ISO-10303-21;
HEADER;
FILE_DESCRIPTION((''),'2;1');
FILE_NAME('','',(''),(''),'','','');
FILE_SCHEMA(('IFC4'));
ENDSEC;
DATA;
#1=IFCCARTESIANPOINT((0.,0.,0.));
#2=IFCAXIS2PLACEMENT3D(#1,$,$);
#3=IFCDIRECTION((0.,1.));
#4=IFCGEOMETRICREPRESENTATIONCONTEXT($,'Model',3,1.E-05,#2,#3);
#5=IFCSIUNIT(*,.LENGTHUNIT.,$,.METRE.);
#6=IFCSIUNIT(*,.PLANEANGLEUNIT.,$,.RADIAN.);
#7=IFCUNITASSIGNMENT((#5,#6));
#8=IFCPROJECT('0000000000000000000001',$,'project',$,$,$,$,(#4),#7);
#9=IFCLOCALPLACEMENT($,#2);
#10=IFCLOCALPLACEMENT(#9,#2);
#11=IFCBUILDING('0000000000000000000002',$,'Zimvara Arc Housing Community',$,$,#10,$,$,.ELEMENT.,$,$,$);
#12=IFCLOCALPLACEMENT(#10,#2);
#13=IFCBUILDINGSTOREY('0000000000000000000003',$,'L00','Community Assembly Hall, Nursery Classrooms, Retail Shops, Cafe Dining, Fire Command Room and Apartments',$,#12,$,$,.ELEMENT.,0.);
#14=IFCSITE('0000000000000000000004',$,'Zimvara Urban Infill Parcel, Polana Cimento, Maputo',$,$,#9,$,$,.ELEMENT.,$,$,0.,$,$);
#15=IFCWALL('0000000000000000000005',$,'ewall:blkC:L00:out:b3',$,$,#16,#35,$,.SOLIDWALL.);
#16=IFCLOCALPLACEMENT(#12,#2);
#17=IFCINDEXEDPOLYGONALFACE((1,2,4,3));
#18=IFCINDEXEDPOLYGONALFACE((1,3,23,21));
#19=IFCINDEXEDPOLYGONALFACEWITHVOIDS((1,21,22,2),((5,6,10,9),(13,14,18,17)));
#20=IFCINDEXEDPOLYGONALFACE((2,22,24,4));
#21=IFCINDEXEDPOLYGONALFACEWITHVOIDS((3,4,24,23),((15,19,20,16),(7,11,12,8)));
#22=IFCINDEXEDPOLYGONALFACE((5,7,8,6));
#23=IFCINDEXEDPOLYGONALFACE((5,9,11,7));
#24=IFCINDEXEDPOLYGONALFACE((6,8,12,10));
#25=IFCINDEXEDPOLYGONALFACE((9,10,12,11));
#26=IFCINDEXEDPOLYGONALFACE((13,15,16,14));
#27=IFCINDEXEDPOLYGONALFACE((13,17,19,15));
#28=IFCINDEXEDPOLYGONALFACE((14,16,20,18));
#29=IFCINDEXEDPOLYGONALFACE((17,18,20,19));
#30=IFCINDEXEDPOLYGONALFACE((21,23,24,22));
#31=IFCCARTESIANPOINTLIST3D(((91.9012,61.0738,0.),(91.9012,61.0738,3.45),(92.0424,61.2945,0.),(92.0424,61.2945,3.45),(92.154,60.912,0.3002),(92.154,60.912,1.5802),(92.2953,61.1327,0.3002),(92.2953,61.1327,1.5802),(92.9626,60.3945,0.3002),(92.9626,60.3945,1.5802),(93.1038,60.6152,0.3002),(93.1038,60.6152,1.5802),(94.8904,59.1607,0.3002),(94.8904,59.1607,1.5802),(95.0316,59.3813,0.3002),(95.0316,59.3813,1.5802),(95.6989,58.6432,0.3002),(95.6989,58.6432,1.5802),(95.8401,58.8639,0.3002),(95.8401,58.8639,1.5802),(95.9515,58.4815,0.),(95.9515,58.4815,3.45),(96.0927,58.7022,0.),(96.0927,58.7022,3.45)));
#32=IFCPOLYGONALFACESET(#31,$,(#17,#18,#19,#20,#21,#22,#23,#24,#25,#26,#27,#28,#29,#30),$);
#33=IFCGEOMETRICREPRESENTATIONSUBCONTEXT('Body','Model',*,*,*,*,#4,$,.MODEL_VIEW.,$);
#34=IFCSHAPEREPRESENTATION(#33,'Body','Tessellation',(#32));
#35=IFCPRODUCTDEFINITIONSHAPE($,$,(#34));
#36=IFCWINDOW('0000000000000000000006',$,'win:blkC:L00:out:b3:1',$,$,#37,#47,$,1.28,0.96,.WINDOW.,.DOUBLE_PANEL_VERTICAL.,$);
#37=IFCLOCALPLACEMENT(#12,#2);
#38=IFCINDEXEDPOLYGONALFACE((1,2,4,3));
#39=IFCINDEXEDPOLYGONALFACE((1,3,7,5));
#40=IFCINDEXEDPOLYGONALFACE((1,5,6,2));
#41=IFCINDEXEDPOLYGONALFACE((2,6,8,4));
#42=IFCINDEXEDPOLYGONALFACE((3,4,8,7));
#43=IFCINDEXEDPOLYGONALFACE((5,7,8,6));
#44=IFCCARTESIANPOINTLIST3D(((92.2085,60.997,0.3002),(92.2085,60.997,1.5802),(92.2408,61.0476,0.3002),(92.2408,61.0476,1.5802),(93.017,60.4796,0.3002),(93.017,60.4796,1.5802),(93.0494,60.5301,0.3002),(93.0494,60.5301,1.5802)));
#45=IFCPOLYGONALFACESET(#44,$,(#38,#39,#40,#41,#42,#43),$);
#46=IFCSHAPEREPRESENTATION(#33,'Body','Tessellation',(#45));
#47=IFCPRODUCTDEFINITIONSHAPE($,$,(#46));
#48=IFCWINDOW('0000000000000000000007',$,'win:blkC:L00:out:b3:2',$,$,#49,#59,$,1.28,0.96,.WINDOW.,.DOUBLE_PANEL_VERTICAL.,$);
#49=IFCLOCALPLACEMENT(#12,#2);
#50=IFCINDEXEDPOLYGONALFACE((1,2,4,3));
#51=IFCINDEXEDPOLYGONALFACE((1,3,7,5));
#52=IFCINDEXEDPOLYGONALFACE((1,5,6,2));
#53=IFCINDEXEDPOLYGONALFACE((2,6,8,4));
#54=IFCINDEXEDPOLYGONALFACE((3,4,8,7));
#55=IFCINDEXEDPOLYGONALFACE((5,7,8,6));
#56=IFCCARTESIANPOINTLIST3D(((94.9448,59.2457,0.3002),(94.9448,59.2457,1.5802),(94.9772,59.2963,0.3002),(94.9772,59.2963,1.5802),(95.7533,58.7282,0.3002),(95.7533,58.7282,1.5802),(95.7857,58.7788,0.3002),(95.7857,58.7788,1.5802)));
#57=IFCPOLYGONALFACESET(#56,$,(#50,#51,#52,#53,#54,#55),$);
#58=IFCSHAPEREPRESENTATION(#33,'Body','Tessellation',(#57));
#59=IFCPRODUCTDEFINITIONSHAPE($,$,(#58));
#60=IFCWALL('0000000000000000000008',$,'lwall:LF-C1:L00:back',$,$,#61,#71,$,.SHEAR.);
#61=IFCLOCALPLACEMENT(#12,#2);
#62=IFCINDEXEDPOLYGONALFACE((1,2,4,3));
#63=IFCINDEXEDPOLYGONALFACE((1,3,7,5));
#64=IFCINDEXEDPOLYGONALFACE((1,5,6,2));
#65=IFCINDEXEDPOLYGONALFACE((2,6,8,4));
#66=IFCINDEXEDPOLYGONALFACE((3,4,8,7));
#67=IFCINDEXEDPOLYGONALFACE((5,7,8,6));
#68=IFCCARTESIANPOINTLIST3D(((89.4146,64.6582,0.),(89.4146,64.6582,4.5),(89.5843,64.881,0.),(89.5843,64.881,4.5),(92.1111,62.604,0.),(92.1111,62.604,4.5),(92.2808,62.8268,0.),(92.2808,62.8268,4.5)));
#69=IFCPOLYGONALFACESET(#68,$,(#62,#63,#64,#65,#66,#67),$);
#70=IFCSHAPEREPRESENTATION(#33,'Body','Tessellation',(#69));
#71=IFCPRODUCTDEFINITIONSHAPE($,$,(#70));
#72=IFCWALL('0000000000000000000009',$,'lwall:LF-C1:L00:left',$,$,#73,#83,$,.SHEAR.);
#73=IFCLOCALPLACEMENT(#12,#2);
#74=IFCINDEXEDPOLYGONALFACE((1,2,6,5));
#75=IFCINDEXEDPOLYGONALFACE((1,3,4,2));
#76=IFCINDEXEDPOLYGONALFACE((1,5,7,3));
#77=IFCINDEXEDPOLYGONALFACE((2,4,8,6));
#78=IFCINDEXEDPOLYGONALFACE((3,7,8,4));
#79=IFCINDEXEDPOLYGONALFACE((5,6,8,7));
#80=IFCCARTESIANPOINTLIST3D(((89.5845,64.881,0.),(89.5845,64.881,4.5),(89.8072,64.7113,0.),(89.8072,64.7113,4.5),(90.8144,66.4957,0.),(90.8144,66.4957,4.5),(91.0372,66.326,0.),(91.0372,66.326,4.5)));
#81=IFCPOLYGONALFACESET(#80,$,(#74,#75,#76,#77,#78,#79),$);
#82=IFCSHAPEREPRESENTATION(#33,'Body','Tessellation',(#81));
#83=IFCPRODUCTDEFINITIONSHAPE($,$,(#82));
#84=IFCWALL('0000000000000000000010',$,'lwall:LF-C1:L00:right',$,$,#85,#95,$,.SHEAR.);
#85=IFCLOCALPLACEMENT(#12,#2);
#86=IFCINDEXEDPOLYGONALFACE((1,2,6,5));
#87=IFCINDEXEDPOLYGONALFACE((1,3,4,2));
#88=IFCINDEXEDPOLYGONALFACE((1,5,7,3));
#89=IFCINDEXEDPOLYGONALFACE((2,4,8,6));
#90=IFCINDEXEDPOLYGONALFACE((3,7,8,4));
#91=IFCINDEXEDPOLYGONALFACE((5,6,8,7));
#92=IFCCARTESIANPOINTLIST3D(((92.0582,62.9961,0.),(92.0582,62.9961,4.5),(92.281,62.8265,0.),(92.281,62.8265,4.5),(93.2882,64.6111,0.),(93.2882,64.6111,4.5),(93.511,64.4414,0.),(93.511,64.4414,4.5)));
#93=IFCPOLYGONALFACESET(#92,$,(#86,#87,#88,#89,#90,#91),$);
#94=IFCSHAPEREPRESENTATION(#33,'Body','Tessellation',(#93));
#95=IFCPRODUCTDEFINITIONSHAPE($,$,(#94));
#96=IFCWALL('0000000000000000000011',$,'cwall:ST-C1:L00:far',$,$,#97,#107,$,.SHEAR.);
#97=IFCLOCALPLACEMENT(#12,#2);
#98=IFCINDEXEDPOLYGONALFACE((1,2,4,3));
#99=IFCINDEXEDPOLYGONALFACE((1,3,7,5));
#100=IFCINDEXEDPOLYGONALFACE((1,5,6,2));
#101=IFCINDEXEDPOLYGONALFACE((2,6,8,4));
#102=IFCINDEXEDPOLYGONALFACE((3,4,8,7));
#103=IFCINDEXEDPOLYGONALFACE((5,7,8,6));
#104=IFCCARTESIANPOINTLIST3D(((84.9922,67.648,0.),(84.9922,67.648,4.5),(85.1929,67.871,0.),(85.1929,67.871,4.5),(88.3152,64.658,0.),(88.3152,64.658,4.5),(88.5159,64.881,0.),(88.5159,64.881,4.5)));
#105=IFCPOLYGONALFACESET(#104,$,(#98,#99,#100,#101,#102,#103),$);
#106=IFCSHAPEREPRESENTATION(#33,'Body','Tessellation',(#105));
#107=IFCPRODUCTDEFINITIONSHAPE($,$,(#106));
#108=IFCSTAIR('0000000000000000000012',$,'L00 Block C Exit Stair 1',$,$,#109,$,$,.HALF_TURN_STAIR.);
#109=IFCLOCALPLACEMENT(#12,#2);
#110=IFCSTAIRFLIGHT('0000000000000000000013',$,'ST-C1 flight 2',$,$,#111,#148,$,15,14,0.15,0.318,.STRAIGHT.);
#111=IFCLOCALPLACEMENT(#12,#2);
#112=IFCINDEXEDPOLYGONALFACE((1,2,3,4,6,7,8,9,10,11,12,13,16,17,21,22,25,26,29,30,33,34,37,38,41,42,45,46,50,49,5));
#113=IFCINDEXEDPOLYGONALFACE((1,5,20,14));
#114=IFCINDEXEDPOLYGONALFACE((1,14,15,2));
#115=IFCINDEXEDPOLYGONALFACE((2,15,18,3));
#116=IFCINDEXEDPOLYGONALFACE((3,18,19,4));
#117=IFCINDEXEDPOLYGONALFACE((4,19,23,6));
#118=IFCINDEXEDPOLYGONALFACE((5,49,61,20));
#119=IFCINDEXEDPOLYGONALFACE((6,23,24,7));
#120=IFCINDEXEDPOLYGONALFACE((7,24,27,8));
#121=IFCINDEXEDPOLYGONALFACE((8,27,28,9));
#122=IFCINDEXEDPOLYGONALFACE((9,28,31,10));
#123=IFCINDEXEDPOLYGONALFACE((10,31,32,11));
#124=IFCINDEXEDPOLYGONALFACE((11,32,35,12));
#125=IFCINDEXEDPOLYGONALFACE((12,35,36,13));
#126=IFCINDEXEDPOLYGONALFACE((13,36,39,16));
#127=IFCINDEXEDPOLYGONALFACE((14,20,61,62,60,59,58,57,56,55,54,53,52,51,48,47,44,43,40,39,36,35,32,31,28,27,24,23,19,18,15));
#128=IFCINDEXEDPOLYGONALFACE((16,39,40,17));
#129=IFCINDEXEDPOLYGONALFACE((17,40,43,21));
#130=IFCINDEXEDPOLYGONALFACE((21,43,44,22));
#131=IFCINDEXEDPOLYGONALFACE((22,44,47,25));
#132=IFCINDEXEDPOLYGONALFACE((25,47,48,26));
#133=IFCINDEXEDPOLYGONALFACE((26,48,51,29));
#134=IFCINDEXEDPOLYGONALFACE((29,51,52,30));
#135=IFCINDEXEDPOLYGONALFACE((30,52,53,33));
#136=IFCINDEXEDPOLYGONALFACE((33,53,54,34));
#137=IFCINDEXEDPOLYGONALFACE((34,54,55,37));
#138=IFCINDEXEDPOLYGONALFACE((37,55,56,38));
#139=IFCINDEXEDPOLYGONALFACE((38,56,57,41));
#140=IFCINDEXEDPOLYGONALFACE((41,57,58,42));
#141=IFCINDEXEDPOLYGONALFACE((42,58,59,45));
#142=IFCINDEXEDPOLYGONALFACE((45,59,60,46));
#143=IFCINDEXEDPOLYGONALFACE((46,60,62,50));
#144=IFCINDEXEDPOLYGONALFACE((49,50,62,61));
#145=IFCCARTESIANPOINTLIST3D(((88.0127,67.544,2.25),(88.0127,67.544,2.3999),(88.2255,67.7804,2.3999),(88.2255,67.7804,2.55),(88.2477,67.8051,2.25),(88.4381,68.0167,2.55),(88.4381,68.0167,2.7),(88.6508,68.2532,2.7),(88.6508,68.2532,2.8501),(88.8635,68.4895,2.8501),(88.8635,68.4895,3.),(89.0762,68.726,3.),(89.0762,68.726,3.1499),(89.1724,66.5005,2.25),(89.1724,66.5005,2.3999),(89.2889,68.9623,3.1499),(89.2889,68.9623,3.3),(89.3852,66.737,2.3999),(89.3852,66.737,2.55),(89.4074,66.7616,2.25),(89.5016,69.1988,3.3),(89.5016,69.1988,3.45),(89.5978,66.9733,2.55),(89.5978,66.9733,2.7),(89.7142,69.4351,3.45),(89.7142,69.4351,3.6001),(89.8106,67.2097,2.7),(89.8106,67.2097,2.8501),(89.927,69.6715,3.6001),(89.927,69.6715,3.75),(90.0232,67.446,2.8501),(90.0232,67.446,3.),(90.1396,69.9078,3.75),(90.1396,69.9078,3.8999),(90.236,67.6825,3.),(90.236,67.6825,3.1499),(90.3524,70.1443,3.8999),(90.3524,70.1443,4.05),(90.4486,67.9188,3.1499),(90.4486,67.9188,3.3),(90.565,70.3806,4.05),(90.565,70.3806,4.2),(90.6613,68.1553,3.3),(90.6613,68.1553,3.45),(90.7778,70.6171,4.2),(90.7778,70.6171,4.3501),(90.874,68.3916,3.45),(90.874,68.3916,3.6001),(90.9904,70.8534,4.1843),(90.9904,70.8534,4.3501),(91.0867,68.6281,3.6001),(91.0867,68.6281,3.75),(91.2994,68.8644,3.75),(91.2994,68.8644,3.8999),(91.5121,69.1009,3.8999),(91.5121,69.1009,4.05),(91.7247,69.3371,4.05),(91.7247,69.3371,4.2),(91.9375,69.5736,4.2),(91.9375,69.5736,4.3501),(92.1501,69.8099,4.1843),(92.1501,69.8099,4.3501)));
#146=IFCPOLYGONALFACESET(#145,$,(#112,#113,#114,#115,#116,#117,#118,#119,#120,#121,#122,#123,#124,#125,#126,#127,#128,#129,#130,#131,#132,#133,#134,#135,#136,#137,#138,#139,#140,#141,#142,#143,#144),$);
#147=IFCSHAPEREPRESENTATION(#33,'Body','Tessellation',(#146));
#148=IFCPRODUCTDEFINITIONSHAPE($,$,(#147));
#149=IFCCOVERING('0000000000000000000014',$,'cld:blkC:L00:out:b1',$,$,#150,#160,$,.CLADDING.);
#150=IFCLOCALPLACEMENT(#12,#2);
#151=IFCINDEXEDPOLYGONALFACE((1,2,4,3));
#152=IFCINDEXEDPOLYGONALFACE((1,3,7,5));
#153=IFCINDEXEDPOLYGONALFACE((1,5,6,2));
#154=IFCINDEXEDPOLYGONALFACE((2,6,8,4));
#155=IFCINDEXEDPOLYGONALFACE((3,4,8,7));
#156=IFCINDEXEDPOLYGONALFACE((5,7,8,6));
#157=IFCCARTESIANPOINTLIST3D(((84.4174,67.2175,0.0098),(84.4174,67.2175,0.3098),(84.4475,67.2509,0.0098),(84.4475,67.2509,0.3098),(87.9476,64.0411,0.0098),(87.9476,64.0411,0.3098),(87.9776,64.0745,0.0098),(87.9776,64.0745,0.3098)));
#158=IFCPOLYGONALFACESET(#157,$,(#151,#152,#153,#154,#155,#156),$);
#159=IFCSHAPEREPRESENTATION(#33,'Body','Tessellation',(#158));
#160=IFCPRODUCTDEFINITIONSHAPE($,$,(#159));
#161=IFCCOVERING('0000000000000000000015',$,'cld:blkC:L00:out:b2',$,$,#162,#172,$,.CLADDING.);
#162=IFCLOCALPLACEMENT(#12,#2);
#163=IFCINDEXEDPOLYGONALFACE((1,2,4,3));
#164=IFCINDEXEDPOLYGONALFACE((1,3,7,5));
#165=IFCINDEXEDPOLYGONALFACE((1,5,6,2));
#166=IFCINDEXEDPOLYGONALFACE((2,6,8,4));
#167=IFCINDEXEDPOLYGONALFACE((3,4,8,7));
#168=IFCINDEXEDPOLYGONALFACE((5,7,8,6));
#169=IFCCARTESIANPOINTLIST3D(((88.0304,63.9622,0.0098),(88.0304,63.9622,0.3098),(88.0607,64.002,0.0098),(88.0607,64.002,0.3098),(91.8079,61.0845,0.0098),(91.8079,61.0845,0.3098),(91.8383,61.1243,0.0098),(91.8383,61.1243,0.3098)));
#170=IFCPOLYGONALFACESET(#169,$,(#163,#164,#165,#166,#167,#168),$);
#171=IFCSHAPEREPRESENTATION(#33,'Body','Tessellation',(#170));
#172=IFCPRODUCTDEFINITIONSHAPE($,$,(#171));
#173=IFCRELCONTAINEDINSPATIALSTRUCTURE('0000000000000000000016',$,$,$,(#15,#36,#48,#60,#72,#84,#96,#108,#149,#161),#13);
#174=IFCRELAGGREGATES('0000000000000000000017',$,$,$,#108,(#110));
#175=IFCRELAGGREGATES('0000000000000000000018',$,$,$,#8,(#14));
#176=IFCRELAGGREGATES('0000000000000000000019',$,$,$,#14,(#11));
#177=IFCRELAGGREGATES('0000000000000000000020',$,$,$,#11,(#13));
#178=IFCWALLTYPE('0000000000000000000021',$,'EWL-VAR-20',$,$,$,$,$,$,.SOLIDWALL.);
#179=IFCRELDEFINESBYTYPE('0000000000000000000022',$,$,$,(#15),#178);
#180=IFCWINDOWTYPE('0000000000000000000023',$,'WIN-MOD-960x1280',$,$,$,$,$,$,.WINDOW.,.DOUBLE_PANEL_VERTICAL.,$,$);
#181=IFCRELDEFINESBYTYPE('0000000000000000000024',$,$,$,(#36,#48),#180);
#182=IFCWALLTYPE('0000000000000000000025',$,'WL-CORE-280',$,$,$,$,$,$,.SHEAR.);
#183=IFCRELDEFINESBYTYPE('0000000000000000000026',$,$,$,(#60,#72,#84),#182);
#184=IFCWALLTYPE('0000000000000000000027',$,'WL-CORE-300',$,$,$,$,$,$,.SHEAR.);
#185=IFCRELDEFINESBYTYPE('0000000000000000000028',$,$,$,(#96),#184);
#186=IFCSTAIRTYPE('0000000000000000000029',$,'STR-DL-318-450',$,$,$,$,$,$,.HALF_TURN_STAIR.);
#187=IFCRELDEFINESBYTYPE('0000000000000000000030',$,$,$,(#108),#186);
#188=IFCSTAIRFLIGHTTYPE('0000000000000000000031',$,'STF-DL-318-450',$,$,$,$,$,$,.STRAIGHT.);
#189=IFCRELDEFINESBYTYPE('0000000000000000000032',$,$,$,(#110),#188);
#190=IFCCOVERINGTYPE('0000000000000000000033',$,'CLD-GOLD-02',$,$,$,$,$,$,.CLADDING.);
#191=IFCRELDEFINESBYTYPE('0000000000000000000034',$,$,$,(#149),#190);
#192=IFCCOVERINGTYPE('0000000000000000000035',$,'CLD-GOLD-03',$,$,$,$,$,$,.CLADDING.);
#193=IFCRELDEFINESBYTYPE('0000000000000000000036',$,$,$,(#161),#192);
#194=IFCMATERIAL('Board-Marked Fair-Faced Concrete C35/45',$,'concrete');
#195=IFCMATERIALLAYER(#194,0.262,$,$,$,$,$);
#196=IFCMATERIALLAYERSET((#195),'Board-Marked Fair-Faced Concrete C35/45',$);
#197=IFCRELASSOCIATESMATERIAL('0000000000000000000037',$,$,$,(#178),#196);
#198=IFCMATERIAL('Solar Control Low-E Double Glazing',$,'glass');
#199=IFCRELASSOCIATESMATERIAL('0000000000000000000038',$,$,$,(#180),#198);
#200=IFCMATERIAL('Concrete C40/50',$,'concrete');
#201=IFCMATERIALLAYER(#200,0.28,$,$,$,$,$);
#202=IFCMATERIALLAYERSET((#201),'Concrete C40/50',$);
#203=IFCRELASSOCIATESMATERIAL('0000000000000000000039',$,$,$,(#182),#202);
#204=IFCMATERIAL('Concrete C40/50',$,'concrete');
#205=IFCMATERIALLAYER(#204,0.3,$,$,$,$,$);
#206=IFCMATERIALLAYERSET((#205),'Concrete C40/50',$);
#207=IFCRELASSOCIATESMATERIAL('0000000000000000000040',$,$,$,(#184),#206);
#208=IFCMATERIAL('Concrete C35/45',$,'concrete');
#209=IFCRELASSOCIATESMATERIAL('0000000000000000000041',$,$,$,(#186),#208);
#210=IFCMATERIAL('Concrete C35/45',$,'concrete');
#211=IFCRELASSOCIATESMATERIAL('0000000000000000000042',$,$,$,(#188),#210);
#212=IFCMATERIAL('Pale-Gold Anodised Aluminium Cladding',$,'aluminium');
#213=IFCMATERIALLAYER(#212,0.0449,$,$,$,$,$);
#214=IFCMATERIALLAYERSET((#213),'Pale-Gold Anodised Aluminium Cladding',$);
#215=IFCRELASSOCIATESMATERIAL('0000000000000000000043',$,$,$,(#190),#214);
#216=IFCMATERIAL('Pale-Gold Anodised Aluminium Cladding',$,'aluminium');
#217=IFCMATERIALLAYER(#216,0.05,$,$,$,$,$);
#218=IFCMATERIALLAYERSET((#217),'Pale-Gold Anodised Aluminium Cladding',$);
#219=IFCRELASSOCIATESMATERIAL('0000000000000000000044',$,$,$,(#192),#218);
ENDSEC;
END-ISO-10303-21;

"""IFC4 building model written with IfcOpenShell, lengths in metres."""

from ifc_helpers import new_model, si_unit, direction, frame, frame_2d, origin, origin_2d, place, context, subcontext, project, spatial, polyline, rectangle, outline, extrude, material, layer, layer_set, type_object, element, fill, aggregate, save


model = new_model("IFC4")

# Units and contexts
model_context = context("Model", 3, precision=1e-05, world=origin(), true_north=direction((0.0, 1.0)))
body_context = subcontext(model_context, "Body", "Model", "MODEL_VIEW")
ifc_project = project(units=[si_unit("LENGTHUNIT", "METRE"), si_unit("PLANEANGLEUNIT", "RADIAN")], contexts=[model_context])

# Site, building, storey
site_placement = place(None, origin())
site = spatial("IfcSite", under=ifc_project, at=site_placement, Name="Zimvara Urban Infill Parcel, Polana Cimento, Maputo", CompositionType="ELEMENT", RefElevation=0.0)
building_placement = place(site_placement, origin())
building = spatial("IfcBuilding", under=site, at=building_placement, Name="Zimvara Arc Housing Community", CompositionType="ELEMENT")
storey_placement = place(building_placement, origin())
storey = spatial("IfcBuildingStorey", under=building, at=storey_placement, Name="L00", Description="Community Assembly Hall, Nursery Classrooms, Retail Shops, Cafe Dining, Fire Command Room and Apartments", CompositionType="ELEMENT", Elevation=0.0)

# Wall, openings, windows
ifc_material_1 = material(Name="Board-Marked Fair-Faced Concrete C35/45", Category="concrete")
ifc_layer_1 = layer(ifc_material_1, 0.262)
ifc_layer_set_1 = layer_set([ifc_layer_1], Name="Board-Marked Fair-Faced Concrete C35/45")
wall_type_1 = type_object("IfcWallType", Name="EWL-VAR-20", PredefinedType="SOLIDWALL", material=ifc_layer_set_1)
wall_1_placement = place(storey_placement, frame((91.9719, 61.1841, 0.0), z_axis=(0.0, 0.0, 1.0), x_axis=(0.842262, -0.539068, 0.0)))
wall_1 = element("IfcWall", 1, at=wall_1_placement, inside=storey, type_object=wall_type_1, Name="ewall:blkC:L00:out:b3", PredefinedType="SOLIDWALL", context=body_context, shape_type="SweptSolid", body=[
    extrude(rectangle(XDim=4.8088, YDim=0.262, at=frame_2d((2.4043, 0.0))), origin(), (0.0, 0.0, 1.0), 3.45),
])
opening_1_placement = place(wall_1_placement, frame((0.3, 0.0, 0.3)))
opening_1 = element("IfcOpeningElement", 2, at=opening_1_placement, cuts=wall_1, PredefinedType="OPENING", context=body_context, shape_type="SweptSolid", body=[
    extrude(rectangle(XDim=0.96, YDim=1.28, at=frame_2d((0.48, 0.6401))), frame((0.0, 0.1409, 0.0), z_axis=(0.0, -1.0, 0.0), x_axis=(1.0, 0.0, 0.0)), (0.0, 0.0, 1.0), 0.282),
])
opening_2_placement = place(wall_1_placement, frame((3.5488, 0.0, 0.3)))
opening_2 = element("IfcOpeningElement", 3, at=opening_2_placement, cuts=wall_1, PredefinedType="OPENING", context=body_context, shape_type="SweptSolid", body=[
    extrude(rectangle(XDim=0.96, YDim=1.28, at=frame_2d((0.48, 0.6401))), frame((0.0, 0.1409, 0.0), z_axis=(0.0, -1.0, 0.0), x_axis=(1.0, 0.0, 0.0)), (0.0, 0.0, 1.0), 0.282),
])
ifc_material_2 = material(Name="Solar Control Low-E Double Glazing", Category="glass")
window_type_1 = type_object("IfcWindowType", Name="WIN-MOD-960x1280", PartitioningType="DOUBLE_PANEL_VERTICAL", PredefinedType="WINDOW", material=ifc_material_2)
window_1_placement = place(opening_1_placement, origin())
window_1 = element("IfcWindow", 4, at=window_1_placement, inside=storey, type_object=window_type_1, Name="win:blkC:L00:out:b3:1", OverallHeight=1.28, OverallWidth=0.96, PartitioningType="DOUBLE_PANEL_VERTICAL", PredefinedType="WINDOW", context=body_context, shape_type="SweptSolid", body=[
    extrude(rectangle(XDim=0.96, YDim=1.28, at=frame_2d((0.48, 0.6401))), frame((0.0, 0.03, 0.0), z_axis=(0.0, -1.0, 0.0), x_axis=(1.0, 0.0, 0.0)), (0.0, 0.0, 1.0), 0.0601),
])
fill(opening_1, window_1)
window_2_placement = place(opening_2_placement, origin())
window_2 = element("IfcWindow", 5, at=window_2_placement, inside=storey, type_object=window_type_1, Name="win:blkC:L00:out:b3:2", OverallHeight=1.28, OverallWidth=0.96, PartitioningType="DOUBLE_PANEL_VERTICAL", PredefinedType="WINDOW", context=body_context, shape_type="SweptSolid", body=[
    extrude(rectangle(XDim=0.96, YDim=1.28, at=frame_2d((0.48, 0.6401))), frame((0.0, 0.03, 0.0), z_axis=(0.0, -1.0, 0.0), x_axis=(1.0, 0.0, 0.0)), (0.0, 0.0, 1.0), 0.0601),
])
fill(opening_2, window_2)

# Shared definitions
ifc_material_3 = material(Name="Concrete C40/50", Category="concrete")
ifc_layer_2 = layer(ifc_material_3, 0.28)
ifc_layer_set_2 = layer_set([ifc_layer_2], Name="Concrete C40/50")
wall_type_2 = type_object("IfcWallType", Name="WL-CORE-280", PredefinedType="SHEAR", material=ifc_layer_set_2)

# Walls
wall_2_placement = place(storey_placement, frame((89.4995, 64.7695, 0.0), z_axis=(0.0, 0.0, 1.0), x_axis=(0.795475, -0.605987, 0.0)))
element("IfcWall", 6, at=wall_2_placement, inside=storey, type_object=wall_type_2, Name="lwall:LF-C1:L00:back", PredefinedType="SHEAR", context=body_context, shape_type="SweptSolid", body=[
    extrude(rectangle(XDim=3.3899, YDim=0.28, at=frame_2d((1.6948, 0.0))), origin(), (0.0, 0.0, 1.0), 4.5),
])
wall_3_placement = place(storey_placement, frame((90.9258, 66.4109, 0.0), z_axis=(0.0, 0.0, 1.0), x_axis=(-0.605949, -0.795504, 0.0)))
element("IfcWall", 7, at=wall_3_placement, inside=storey, type_object=wall_type_2, Name="lwall:LF-C1:L00:left", PredefinedType="SHEAR", context=body_context, shape_type="SweptSolid", body=[
    extrude(rectangle(XDim=2.0298, YDim=0.28, at=frame_2d((1.0149, 0.0))), origin(), (0.0, 0.0, 1.0), 4.5),
])
wall_4_placement = place(storey_placement, frame((93.3997, 64.5264, 0.0), z_axis=(0.0, 0.0, 1.0), x_axis=(-0.605891, -0.795548, 0.0)))
element("IfcWall", 8, at=wall_4_placement, inside=storey, type_object=wall_type_2, Name="lwall:LF-C1:L00:right", PredefinedType="SHEAR", context=body_context, shape_type="SweptSolid", body=[
    extrude(rectangle(XDim=2.03, YDim=0.28, at=frame_2d((1.0151, 0.0))), origin(), (0.0, 0.0, 1.0), 4.5),
])
ifc_material_4 = material(Name="Concrete C40/50", Category="concrete")
ifc_layer_3 = layer(ifc_material_4, 0.3)
ifc_layer_set_3 = layer_set([ifc_layer_3], Name="Concrete C40/50")
wall_type_3 = type_object("IfcWallType", Name="WL-CORE-300", PredefinedType="SHEAR", material=ifc_layer_set_3)
wall_5_placement = place(storey_placement, frame((85.0925, 67.7595, 0.0), z_axis=(0.0, 0.0, 1.0), x_axis=(0.743373, -0.668877, 0.0)))
element("IfcWall", 9, at=wall_5_placement, inside=storey, type_object=wall_type_3, Name="cwall:ST-C1:L00:far", PredefinedType="SHEAR", context=body_context, shape_type="SweptSolid", body=[
    extrude(rectangle(XDim=4.4702, YDim=0.3, at=frame_2d((2.2351, 0.0))), origin(), (0.0, 0.0, 1.0), 4.5),
])

# Stair, stair flight
ifc_material_5 = material(Name="Concrete C35/45", Category="concrete")
stair_type = type_object("IfcStairType", Name="STR-DL-318-450", PredefinedType="HALF_TURN_STAIR", material=ifc_material_5)
stair_placement = place(storey_placement, origin())
stair = element("IfcStair", 10, at=stair_placement, inside=storey, type_object=stair_type, Name="L00 Block C Exit Stair 1", PredefinedType="HALF_TURN_STAIR")
ifc_material_6 = material(Name="Concrete C35/45", Category="concrete")
stair_flight_type = type_object("IfcStairFlightType", Name="STF-DL-318-450", PredefinedType="STRAIGHT", material=ifc_material_6)
stair_flight_placement = place(storey_placement, frame((88.5925, 67.0222, 2.25), z_axis=(0.0, 0.0, 1.0), x_axis=(0.668871, 0.743378, 0.0)))
stair_flight = element("IfcStairFlight", 11, at=stair_flight_placement, type_object=stair_flight_type, Name="ST-C1 flight 2", NumberOfRisers=15, NumberOfTreads=14, PredefinedType="STRAIGHT", RiserHeight=0.15, TreadLength=0.318, context=body_context, shape_type="SweptSolid", body=[
    extrude(outline(polyline([(0.0, 0.0), (0.0, 0.1499), (0.3181, 0.1499), (0.3181, 0.3), (0.636, 0.3), (0.636, 0.45), (0.9541, 0.45), (0.9541, 0.6001), (1.272, 0.6001), (1.272, 0.75), (1.5901, 0.75), (1.5901, 0.8999), (1.908, 0.8999), (1.908, 1.05), (2.2261, 1.05), (2.2261, 1.2), (2.5439, 1.2), (2.5439, 1.3501), (2.8621, 1.3501), (2.8621, 1.5), (3.1799, 1.5), (3.1799, 1.6499), (3.498, 1.6499), (3.498, 1.8), (3.8159, 1.8), (3.8159, 1.95), (4.134, 1.95), (4.134, 2.1001), (4.4519, 2.1001), (4.4519, 2.25), (4.4519, 1.9343), (0.3513, 0.0), (0.0, 0.0)])), frame((0.0, 0.78, 0.0), z_axis=(0.0, -1.0, 0.0), x_axis=(1.0, 0.0, 0.0)), (0.0, 0.0, 1.0), 1.5601),
])
aggregate(stair, [stair_flight])

# Coverings
ifc_material_7 = material(Name="Pale-Gold Anodised Aluminium Cladding", Category="aluminium")
ifc_layer_4 = layer(ifc_material_7, 0.0449)
ifc_layer_set_4 = layer_set([ifc_layer_4], Name="Pale-Gold Anodised Aluminium Cladding")
covering_type_1 = type_object("IfcCoveringType", Name="CLD-GOLD-02", PredefinedType="CLADDING", material=ifc_layer_set_4)
covering_1_placement = place(storey_placement, frame((86.1975, 65.646, 0.0098), z_axis=(0.0, 0.0, 1.0), x_axis=(0.743377, -0.668872, 0.0)))
element("IfcCovering", 12, at=covering_1_placement, inside=storey, type_object=covering_type_1, Name="cld:blkC:L00:out:b1", PredefinedType="CLADDING", context=body_context, shape_type="SweptSolid", body=[
    extrude(rectangle(XDim=4.7488, YDim=0.0449, at=origin_2d()), origin(), (0.0, 0.0, 1.0), 0.3),
])
ifc_material_8 = material(Name="Pale-Gold Anodised Aluminium Cladding", Category="aluminium")
ifc_layer_5 = layer(ifc_material_8, 0.05)
ifc_layer_set_5 = layer_set([ifc_layer_5], Name="Pale-Gold Anodised Aluminium Cladding")
covering_type_2 = type_object("IfcCoveringType", Name="CLD-GOLD-03", PredefinedType="CLADDING", material=ifc_layer_set_5)
covering_2_placement = place(storey_placement, frame((89.9343, 62.5432, 0.0098), z_axis=(0.0, 0.0, 1.0), x_axis=(0.795475, -0.605987, 0.0)))
element("IfcCovering", 13, at=covering_2_placement, inside=storey, type_object=covering_type_2, Name="cld:blkC:L00:out:b2", PredefinedType="CLADDING", context=body_context, shape_type="SweptSolid", body=[
    extrude(rectangle(XDim=4.7488, YDim=0.05, at=origin_2d()), origin(), (0.0, 0.0, 1.0), 0.3),
])

save(model, "model.ifc")
